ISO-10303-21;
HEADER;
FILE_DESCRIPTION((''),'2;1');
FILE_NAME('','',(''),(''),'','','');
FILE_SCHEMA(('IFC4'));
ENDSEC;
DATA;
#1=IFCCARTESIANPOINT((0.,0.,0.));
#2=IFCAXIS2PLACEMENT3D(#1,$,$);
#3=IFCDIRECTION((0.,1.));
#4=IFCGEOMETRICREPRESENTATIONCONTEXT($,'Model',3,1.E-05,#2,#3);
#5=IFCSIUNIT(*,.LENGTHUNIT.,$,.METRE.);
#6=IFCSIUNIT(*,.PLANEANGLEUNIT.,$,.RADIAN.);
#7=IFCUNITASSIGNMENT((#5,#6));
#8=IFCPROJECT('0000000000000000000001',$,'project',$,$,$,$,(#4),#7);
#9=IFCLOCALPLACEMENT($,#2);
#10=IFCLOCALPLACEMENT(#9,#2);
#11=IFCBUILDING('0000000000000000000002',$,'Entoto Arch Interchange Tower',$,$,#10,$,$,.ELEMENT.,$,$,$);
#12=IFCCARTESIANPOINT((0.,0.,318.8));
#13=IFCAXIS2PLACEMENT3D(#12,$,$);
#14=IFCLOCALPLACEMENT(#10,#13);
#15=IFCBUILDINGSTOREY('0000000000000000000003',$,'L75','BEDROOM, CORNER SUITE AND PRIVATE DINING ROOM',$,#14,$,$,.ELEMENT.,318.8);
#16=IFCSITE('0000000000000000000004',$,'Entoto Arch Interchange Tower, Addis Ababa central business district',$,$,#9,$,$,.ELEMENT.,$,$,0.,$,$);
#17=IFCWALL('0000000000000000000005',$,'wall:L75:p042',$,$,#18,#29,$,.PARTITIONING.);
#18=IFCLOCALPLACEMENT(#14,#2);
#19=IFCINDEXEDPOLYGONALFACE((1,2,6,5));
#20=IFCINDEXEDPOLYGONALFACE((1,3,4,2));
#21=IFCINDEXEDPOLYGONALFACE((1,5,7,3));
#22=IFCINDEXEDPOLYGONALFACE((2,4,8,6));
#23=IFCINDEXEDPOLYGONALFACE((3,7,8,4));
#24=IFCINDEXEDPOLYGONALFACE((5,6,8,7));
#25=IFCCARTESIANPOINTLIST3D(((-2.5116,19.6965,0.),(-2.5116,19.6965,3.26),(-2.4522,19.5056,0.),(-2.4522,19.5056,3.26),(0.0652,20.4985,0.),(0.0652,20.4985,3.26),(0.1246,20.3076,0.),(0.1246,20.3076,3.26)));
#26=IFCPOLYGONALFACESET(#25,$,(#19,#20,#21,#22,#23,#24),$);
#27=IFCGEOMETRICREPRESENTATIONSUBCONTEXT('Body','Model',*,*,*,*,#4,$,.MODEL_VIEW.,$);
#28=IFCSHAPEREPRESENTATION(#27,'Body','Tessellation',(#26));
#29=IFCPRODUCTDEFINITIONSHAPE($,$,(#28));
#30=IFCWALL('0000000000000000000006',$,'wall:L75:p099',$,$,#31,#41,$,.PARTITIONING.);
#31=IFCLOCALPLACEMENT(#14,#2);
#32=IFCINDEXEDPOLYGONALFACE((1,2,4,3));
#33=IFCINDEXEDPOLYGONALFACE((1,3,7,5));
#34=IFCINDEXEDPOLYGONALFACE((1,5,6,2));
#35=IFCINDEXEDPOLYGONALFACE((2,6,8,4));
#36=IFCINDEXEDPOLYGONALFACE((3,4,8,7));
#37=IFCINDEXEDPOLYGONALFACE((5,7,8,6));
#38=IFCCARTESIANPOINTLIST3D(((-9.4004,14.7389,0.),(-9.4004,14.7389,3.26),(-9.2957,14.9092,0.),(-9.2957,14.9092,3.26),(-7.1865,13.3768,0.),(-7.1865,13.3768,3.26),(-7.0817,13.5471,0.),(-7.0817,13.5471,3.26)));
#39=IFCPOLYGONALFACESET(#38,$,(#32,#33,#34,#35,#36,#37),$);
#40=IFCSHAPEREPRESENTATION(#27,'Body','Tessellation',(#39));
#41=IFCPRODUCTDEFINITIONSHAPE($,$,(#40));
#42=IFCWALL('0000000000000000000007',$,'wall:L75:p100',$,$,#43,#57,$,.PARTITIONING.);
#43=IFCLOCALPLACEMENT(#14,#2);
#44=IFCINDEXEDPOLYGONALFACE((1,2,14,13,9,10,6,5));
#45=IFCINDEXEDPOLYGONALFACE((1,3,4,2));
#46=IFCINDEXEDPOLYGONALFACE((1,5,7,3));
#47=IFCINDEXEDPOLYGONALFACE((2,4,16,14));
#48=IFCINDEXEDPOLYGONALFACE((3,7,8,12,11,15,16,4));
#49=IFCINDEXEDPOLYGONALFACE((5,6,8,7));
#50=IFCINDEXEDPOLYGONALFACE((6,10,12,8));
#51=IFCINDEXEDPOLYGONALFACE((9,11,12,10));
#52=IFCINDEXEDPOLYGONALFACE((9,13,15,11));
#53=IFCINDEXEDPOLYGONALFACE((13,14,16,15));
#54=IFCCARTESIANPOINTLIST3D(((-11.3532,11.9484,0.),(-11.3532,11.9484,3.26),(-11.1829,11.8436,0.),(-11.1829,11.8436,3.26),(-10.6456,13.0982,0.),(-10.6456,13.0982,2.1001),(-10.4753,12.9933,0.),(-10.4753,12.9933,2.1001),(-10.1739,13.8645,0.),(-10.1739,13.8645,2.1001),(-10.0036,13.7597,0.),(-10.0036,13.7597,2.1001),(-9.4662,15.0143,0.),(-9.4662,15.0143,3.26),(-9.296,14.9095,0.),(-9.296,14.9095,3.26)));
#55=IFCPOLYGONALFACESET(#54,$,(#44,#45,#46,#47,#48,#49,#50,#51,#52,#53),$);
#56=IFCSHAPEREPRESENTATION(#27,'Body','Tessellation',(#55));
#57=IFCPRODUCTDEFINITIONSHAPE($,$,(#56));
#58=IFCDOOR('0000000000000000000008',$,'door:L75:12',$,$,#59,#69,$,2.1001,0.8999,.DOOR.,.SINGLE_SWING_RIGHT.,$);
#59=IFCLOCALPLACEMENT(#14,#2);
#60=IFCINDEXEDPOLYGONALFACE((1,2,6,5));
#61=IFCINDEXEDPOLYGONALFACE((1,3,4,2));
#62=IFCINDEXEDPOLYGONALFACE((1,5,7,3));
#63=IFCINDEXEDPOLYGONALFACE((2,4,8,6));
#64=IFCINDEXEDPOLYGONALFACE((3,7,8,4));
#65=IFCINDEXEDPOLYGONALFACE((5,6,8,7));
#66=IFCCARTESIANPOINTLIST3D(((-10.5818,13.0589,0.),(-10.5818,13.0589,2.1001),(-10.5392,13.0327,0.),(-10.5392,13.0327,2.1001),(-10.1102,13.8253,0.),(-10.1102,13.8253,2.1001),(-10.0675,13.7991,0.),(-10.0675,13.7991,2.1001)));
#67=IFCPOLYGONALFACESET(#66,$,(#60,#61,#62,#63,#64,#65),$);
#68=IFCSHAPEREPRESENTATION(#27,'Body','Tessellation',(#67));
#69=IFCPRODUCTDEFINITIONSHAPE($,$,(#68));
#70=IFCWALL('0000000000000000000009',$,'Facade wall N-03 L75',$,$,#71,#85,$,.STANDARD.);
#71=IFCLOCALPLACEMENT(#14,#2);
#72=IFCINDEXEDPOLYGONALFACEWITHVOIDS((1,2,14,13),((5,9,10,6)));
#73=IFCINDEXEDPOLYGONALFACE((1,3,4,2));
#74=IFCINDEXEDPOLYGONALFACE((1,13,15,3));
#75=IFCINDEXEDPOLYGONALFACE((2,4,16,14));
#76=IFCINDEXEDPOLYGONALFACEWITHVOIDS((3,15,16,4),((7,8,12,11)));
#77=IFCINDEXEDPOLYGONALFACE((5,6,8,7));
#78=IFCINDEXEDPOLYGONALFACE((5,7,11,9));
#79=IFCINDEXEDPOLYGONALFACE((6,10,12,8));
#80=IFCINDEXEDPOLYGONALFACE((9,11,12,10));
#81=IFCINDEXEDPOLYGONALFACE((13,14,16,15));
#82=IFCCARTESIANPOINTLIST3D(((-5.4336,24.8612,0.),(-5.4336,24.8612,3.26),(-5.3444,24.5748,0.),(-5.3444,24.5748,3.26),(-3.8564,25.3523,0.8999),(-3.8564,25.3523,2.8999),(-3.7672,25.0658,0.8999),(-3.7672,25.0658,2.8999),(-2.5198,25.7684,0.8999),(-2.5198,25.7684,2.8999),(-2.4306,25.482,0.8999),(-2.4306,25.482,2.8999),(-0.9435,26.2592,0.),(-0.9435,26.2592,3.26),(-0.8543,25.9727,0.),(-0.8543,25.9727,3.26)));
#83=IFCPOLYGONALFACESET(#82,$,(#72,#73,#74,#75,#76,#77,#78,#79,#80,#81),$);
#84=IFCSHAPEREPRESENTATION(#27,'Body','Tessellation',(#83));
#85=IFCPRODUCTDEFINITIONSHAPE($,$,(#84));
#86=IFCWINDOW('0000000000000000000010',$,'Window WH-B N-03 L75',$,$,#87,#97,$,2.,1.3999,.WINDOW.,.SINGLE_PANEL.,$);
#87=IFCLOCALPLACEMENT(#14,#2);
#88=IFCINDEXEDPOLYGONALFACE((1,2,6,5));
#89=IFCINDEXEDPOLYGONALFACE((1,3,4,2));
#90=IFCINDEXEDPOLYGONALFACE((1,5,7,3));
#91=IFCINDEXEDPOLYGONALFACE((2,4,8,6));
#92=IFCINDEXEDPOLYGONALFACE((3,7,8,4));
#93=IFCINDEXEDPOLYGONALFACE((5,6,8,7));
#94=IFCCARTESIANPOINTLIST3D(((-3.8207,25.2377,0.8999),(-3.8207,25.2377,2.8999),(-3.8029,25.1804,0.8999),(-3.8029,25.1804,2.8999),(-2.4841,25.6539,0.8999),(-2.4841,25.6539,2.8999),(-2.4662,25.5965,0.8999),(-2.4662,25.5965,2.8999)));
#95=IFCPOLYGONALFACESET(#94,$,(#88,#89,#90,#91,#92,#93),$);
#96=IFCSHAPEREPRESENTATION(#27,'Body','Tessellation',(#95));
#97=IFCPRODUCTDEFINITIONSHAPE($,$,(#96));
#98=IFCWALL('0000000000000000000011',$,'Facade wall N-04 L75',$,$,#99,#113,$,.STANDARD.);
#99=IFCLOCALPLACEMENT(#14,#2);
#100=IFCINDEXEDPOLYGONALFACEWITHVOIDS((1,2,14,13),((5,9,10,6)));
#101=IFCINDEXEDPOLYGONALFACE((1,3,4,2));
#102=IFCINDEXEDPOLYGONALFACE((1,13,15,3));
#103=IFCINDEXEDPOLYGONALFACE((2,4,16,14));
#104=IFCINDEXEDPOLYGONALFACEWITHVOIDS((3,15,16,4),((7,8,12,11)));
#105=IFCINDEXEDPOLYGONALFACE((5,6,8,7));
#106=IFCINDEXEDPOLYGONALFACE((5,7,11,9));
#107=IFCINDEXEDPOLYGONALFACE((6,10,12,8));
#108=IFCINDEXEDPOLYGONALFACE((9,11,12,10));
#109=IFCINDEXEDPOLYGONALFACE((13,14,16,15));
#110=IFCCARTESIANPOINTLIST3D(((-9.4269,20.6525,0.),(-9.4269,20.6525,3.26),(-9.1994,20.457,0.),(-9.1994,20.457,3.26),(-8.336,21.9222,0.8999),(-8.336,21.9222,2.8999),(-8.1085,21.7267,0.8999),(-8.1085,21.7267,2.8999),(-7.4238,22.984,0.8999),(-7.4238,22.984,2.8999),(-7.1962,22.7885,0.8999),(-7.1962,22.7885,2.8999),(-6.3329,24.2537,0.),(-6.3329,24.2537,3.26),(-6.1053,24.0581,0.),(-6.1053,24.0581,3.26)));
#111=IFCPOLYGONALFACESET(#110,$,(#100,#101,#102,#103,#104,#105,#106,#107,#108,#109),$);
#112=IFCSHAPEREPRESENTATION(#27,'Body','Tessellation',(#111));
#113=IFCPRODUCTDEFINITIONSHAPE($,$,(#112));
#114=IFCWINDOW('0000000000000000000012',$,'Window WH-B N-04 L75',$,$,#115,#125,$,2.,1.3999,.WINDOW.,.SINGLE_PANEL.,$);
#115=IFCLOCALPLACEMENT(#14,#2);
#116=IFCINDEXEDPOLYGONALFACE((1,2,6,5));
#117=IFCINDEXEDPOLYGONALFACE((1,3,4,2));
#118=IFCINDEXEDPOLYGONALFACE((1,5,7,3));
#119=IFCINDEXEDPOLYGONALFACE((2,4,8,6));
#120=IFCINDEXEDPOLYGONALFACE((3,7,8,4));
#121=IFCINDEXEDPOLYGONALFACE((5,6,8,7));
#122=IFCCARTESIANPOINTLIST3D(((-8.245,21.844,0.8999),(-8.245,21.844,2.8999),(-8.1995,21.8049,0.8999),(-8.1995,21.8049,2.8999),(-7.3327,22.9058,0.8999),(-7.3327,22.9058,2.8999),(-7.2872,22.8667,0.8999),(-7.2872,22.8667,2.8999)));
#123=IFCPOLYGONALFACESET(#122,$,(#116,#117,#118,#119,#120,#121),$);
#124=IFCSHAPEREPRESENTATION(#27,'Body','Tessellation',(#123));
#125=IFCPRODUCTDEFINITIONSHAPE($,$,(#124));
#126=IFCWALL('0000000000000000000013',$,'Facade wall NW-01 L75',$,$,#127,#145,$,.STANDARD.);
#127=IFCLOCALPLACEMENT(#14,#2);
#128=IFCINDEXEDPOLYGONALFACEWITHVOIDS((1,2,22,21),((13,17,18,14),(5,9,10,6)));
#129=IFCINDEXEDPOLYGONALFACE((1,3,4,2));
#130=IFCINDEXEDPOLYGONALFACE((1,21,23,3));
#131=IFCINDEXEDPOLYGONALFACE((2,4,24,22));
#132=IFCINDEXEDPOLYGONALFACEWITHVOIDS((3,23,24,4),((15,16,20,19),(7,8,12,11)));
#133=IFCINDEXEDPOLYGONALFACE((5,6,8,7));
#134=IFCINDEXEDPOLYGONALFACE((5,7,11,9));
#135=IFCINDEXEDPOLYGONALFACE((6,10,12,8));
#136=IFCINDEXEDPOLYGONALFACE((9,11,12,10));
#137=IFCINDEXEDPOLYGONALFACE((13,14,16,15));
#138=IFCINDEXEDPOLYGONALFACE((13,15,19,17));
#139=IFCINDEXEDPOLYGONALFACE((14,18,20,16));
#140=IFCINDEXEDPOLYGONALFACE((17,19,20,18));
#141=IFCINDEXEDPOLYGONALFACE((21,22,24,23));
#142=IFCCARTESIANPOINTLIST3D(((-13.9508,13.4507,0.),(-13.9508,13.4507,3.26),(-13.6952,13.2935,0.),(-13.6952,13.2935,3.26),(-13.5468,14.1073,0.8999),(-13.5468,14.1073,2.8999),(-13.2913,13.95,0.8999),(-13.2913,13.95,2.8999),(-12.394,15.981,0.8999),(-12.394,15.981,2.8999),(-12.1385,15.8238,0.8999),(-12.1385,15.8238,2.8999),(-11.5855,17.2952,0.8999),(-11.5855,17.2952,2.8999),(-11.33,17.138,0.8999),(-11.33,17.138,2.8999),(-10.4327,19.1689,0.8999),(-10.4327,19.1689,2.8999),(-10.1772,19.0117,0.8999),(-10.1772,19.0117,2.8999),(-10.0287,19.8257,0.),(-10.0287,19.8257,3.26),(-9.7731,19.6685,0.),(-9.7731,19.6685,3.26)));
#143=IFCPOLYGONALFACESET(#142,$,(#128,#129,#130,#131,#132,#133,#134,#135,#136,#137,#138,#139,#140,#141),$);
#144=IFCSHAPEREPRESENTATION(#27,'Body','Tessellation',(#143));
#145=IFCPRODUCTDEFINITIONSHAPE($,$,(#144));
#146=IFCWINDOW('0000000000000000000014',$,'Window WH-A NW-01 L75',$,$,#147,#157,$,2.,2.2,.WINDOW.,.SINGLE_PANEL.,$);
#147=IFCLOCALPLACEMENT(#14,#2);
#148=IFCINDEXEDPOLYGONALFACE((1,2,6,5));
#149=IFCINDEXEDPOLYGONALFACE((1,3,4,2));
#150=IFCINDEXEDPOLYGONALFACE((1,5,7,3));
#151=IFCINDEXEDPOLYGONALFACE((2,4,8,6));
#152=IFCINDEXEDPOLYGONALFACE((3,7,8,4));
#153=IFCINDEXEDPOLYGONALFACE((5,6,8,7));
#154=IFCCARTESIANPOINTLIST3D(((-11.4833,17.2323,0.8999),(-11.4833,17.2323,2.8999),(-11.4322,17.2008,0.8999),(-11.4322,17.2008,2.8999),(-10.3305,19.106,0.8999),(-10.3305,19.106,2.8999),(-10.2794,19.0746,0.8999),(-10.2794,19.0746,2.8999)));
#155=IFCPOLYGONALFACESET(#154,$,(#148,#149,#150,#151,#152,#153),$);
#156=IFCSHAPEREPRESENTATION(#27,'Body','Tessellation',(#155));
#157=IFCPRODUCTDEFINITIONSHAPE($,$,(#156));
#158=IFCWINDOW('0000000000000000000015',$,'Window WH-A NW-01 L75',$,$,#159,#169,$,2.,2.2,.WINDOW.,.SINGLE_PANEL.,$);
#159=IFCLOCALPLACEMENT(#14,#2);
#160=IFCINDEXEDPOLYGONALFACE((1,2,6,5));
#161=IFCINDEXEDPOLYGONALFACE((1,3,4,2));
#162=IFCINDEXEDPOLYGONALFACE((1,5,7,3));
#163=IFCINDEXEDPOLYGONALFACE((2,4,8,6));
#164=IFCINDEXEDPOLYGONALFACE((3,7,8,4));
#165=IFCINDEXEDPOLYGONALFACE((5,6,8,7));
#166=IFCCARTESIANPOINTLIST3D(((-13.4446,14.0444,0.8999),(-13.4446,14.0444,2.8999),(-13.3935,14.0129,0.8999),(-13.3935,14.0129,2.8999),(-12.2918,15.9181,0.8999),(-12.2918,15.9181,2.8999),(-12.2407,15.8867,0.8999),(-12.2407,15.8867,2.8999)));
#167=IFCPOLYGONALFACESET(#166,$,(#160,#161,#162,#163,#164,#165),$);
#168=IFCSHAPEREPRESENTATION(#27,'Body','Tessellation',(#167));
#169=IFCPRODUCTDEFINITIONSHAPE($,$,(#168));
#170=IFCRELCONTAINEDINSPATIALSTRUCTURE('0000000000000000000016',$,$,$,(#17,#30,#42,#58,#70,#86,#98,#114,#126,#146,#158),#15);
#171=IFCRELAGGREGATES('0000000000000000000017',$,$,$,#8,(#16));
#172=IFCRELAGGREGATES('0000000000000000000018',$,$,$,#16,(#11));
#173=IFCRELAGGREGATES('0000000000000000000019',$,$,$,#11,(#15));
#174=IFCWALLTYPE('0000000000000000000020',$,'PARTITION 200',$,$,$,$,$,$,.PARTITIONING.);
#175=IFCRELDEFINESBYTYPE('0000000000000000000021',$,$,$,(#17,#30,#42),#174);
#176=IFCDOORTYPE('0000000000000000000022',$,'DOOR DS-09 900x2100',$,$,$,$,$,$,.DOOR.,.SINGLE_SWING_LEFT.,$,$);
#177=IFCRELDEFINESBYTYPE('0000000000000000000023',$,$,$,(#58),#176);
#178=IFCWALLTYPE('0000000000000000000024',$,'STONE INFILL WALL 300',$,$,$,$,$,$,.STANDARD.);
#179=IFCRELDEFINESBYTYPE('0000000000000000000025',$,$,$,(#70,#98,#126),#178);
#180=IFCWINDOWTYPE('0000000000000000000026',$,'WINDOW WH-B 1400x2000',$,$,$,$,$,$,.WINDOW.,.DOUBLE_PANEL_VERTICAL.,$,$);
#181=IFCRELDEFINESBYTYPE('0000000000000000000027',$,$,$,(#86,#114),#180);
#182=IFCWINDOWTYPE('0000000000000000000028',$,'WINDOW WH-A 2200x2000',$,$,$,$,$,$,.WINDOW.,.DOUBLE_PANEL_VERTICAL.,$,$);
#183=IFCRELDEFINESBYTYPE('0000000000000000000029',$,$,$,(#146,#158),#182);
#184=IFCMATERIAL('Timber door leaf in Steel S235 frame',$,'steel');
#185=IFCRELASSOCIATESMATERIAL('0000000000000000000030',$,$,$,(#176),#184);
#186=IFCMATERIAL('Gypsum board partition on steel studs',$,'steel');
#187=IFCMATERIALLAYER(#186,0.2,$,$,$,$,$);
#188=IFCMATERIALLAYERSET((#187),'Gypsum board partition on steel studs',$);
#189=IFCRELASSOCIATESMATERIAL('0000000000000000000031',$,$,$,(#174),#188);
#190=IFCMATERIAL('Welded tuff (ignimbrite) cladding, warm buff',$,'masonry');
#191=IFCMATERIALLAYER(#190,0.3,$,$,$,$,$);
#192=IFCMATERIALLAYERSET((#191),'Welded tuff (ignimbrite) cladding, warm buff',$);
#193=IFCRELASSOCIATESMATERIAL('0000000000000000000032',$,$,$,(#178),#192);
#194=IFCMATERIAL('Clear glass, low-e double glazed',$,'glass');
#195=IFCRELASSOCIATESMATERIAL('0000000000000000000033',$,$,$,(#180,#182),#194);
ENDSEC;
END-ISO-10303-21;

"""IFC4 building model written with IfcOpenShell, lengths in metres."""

from ifc_helpers import new_model, si_unit, direction, frame, frame_2d, origin, place, context, subcontext, project, spatial, rectangle, extrude, material, layer, layer_set, type_object, element, fill, save


model = new_model("IFC4")

# Units and contexts
model_context = context("Model", 3, precision=1e-05, world=origin(), true_north=direction((0.0, 1.0)))
body_context = subcontext(model_context, "Body", "Model", "MODEL_VIEW")
ifc_project = project(units=[si_unit("LENGTHUNIT", "METRE"), si_unit("PLANEANGLEUNIT", "RADIAN")], contexts=[model_context])

# Site, building, storey
site_placement = place(None, origin())
site = spatial("IfcSite", under=ifc_project, at=site_placement, Name="Entoto Arch Interchange Tower, Addis Ababa central business district", CompositionType="ELEMENT", RefElevation=0.0)
building_placement = place(site_placement, origin())
building = spatial("IfcBuilding", under=site, at=building_placement, Name="Entoto Arch Interchange Tower", CompositionType="ELEMENT")
storey_placement = place(building_placement, frame((0.0, 0.0, 318.8)))
storey = spatial("IfcBuildingStorey", under=building, at=storey_placement, Name="L75", Description="BEDROOM, CORNER SUITE AND PRIVATE DINING ROOM", CompositionType="ELEMENT", Elevation=318.8)

# Shared definitions
ifc_material_1 = material(Name="Gypsum board partition on steel studs", Category="steel")
ifc_material_2 = material(Name="Timber door leaf in Steel S235 frame", Category="steel")
door_type_1 = type_object("IfcDoorType", Name="DOOR DS-09 900x2100", OperationType="SINGLE_SWING_LEFT", PredefinedType="DOOR", material=ifc_material_2)

# Shared definitions
ifc_layer_1 = layer(ifc_material_1, 0.2)
ifc_layer_set_1 = layer_set([ifc_layer_1], Name="Gypsum board partition on steel studs")
wall_type_1 = type_object("IfcWallType", Name="PARTITION 200", PredefinedType="PARTITIONING", material=ifc_layer_set_1)

# Walls
wall_1_placement = place(storey_placement, frame((-2.4819, 19.6011, 0.0), z_axis=(0.0, 0.0, 1.0), x_axis=(0.954825, 0.297167, 0.0)))
element("IfcWall", 1, at=wall_1_placement, inside=storey, type_object=wall_type_1, Name="wall:L75:p042", PredefinedType="PARTITIONING", context=body_context, shape_type="SweptSolid", body=[
    extrude(rectangle(XDim=2.6987, YDim=0.2, at=frame_2d((1.3494, 0.0))), origin(), (0.0, 0.0, 1.0), 3.26),
])
wall_2_placement = place(storey_placement, frame((-7.134, 13.4619, 0.0), z_axis=(0.0, 0.0, 1.0), x_axis=(-0.851713, 0.524008, 0.0)))
element("IfcWall", 2, at=wall_2_placement, inside=storey, type_object=wall_type_1, Name="wall:L75:p099", PredefinedType="PARTITIONING", context=body_context, shape_type="SweptSolid", body=[
    extrude(rectangle(XDim=2.5994, YDim=0.2, at=frame_2d((1.2998, 0.0))), origin(), (0.0, 0.0, 1.0), 3.26),
])

# Wall, opening, door
wall_3_placement = place(storey_placement, frame((-9.3811, 14.9619, 0.0), z_axis=(0.0, 0.0, 1.0), x_axis=(-0.524147, -0.851628, 0.0)))
wall_3 = element("IfcWall", 3, at=wall_3_placement, inside=storey, type_object=wall_type_1, Name="wall:L75:p100", PredefinedType="PARTITIONING", context=body_context, shape_type="SweptSolid", body=[
    extrude(rectangle(XDim=3.6001, YDim=0.2, at=frame_2d((1.8, 0.0))), origin(), (0.0, 0.0, 1.0), 3.26),
])
opening_1_placement = place(wall_3_placement, frame((1.3501, 0.0, 0.0)))
opening_1 = element("IfcOpeningElement", 4, at=opening_1_placement, cuts=wall_3, PredefinedType="OPENING", context=body_context, shape_type="SweptSolid", body=[
    extrude(rectangle(XDim=0.8999, YDim=2.1001, at=frame_2d((0.45, 1.05))), frame((0.0, 0.1099, 0.0), z_axis=(0.0, -1.0, 0.0), x_axis=(1.0, 0.0, 0.0)), (0.0, 0.0, 1.0), 0.22),
])
door_1_placement = place(opening_1_placement, origin())
door_1 = element("IfcDoor", 5, at=door_1_placement, inside=storey, type_object=door_type_1, Name="door:L75:12", OperationType="SINGLE_SWING_RIGHT", OverallHeight=2.1001, OverallWidth=0.8999, PredefinedType="DOOR", context=body_context, shape_type="SweptSolid", body=[
    extrude(rectangle(XDim=0.8999, YDim=2.1001, at=frame_2d((0.45, 1.05))), frame((0.0, 0.0249, 0.0), z_axis=(0.0, -1.0, 0.0), x_axis=(1.0, 0.0, 0.0)), (0.0, 0.0, 1.0), 0.05),
])
fill(opening_1, door_1)

# Walls, openings, windows
ifc_material_3 = material(Name="Welded tuff (ignimbrite) cladding, warm buff", Category="masonry")
ifc_layer_2 = layer(ifc_material_3, 0.3)
ifc_layer_set_2 = layer_set([ifc_layer_2], Name="Welded tuff (ignimbrite) cladding, warm buff")
wall_type_2 = type_object("IfcWallType", Name="STONE INFILL WALL 300", PredefinedType="STANDARD", material=ifc_layer_set_2)
wall_4_placement = place(storey_placement, frame((-0.8989, 26.116, 0.0), z_axis=(0.0, 0.0, 1.0), x_axis=(-0.954793, -0.297273, 0.0)))
wall_4 = element("IfcWall", 6, at=wall_4_placement, inside=storey, type_object=wall_type_2, Name="Facade wall N-03 L75", PredefinedType="STANDARD", context=body_context, shape_type="SweptSolid", body=[
    extrude(rectangle(XDim=4.7026, YDim=0.3, at=frame_2d((2.3513, 0.0))), origin(), (0.0, 0.0, 1.0), 3.26),
])
opening_2_placement = place(wall_4_placement, frame((1.6509, 0.0, 0.8999)))
opening_2 = element("IfcOpeningElement", 7, at=opening_2_placement, cuts=wall_4, PredefinedType="OPENING", context=body_context, shape_type="SweptSolid", body=[
    extrude(rectangle(XDim=1.3999, YDim=2.0, at=frame_2d((0.7, 1.0))), frame((0.0, 0.1602, 0.0), z_axis=(0.0, -1.0, 0.0), x_axis=(1.0, 0.0, 0.0)), (0.0, 0.0, 1.0), 0.3201),
])
ifc_material_4 = material(Name="Clear glass, low-e double glazed", Category="glass")
window_type_1 = type_object("IfcWindowType", Name="WINDOW WH-B 1400x2000", PartitioningType="DOUBLE_PANEL_VERTICAL", PredefinedType="WINDOW", material=ifc_material_4)
window_1_placement = place(opening_2_placement, origin())
window_1 = element("IfcWindow", 8, at=window_1_placement, inside=storey, type_object=window_type_1, Name="Window WH-B N-03 L75", OverallHeight=2.0, OverallWidth=1.3999, PartitioningType="SINGLE_PANEL", PredefinedType="WINDOW", context=body_context, shape_type="SweptSolid", body=[
    extrude(rectangle(XDim=1.3999, YDim=2.0, at=frame_2d((0.7, 1.0))), frame((0.0, 0.03, 0.0), z_axis=(0.0, -1.0, 0.0), x_axis=(1.0, 0.0, 0.0)), (0.0, 0.0, 1.0), 0.0601),
])
fill(opening_2, window_1)
wall_5_placement = place(storey_placement, frame((-6.219, 24.156, 0.0), z_axis=(0.0, 0.0, 1.0), x_axis=(-0.651684, -0.75849, 0.0)))
wall_5 = element("IfcWall", 9, at=wall_5_placement, inside=storey, type_object=wall_type_2, Name="Facade wall N-04 L75", PredefinedType="STANDARD", context=body_context, shape_type="SweptSolid", body=[
    extrude(rectangle(XDim=4.7478, YDim=0.3, at=frame_2d((2.374, 0.0))), origin(), (0.0, 0.0, 1.0), 3.26),
])
opening_3_placement = place(wall_5_placement, frame((1.6741, 0.0, 0.8999)))
opening_3 = element("IfcOpeningElement", 10, at=opening_3_placement, cuts=wall_5, PredefinedType="OPENING", context=body_context, shape_type="SweptSolid", body=[
    extrude(rectangle(XDim=1.3999, YDim=2.0, at=frame_2d((0.7, 1.0))), frame((0.0, 0.1602, 0.0), z_axis=(0.0, -1.0, 0.0), x_axis=(1.0, 0.0, 0.0)), (0.0, 0.0, 1.0), 0.3201),
])
window_2_placement = place(opening_3_placement, origin())
window_2 = element("IfcWindow", 11, at=window_2_placement, inside=storey, type_object=window_type_1, Name="Window WH-B N-04 L75", OverallHeight=2.0, OverallWidth=1.3999, PartitioningType="SINGLE_PANEL", PredefinedType="WINDOW", context=body_context, shape_type="SweptSolid", body=[
    extrude(rectangle(XDim=1.3999, YDim=2.0, at=frame_2d((0.7, 1.0))), frame((0.0, 0.03, 0.0), z_axis=(0.0, -1.0, 0.0), x_axis=(1.0, 0.0, 0.0)), (0.0, 0.0, 1.0), 0.0601),
])
fill(opening_3, window_2)

# Wall, openings, windows
wall_6_placement = place(storey_placement, frame((-9.9009, 19.7471, 0.0), z_axis=(0.0, 0.0, 1.0), x_axis=(-0.524005, -0.851715, 0.0)))
wall_6 = element("IfcWall", 12, at=wall_6_placement, inside=storey, type_object=wall_type_2, Name="Facade wall NW-01 L75", PredefinedType="STANDARD", context=body_context, shape_type="SweptSolid", body=[
    extrude(rectangle(XDim=7.4849, YDim=0.3, at=frame_2d((3.7424, 0.0))), origin(), (0.0, 0.0, 1.0), 3.26),
])
opening_4_placement = place(wall_6_placement, frame((0.771, 0.0, 0.8999)))
opening_4 = element("IfcOpeningElement", 13, at=opening_4_placement, cuts=wall_6, PredefinedType="OPENING", context=body_context, shape_type="SweptSolid", body=[
    extrude(rectangle(XDim=2.2, YDim=2.0, at=frame_2d((1.1001, 1.0))), frame((0.0, 0.1602, 0.0), z_axis=(0.0, -1.0, 0.0), x_axis=(1.0, 0.0, 0.0)), (0.0, 0.0, 1.0), 0.3201),
])
opening_5_placement = place(wall_6_placement, frame((4.5139, 0.0, 0.8999)))
opening_5 = element("IfcOpeningElement", 14, at=opening_5_placement, cuts=wall_6, PredefinedType="OPENING", context=body_context, shape_type="SweptSolid", body=[
    extrude(rectangle(XDim=2.2, YDim=2.0, at=frame_2d((1.1001, 1.0))), frame((0.0, 0.1602, 0.0), z_axis=(0.0, -1.0, 0.0), x_axis=(1.0, 0.0, 0.0)), (0.0, 0.0, 1.0), 0.3201),
])
window_type_2 = type_object("IfcWindowType", Name="WINDOW WH-A 2200x2000", PartitioningType="DOUBLE_PANEL_VERTICAL", PredefinedType="WINDOW", material=ifc_material_4)
window_3_placement = place(opening_4_placement, origin())
window_3 = element("IfcWindow", 15, at=window_3_placement, inside=storey, type_object=window_type_2, Name="Window WH-A NW-01 L75", OverallHeight=2.0, OverallWidth=2.2, PartitioningType="SINGLE_PANEL", PredefinedType="WINDOW", context=body_context, shape_type="SweptSolid", body=[
    extrude(rectangle(XDim=2.2, YDim=2.0, at=frame_2d((1.1001, 1.0))), frame((0.0, 0.03, 0.0), z_axis=(0.0, -1.0, 0.0), x_axis=(1.0, 0.0, 0.0)), (0.0, 0.0, 1.0), 0.0601),
])
fill(opening_4, window_3)
window_4_placement = place(opening_5_placement, origin())
window_4 = element("IfcWindow", 16, at=window_4_placement, inside=storey, type_object=window_type_2, Name="Window WH-A NW-01 L75", OverallHeight=2.0, OverallWidth=2.2, PartitioningType="SINGLE_PANEL", PredefinedType="WINDOW", context=body_context, shape_type="SweptSolid", body=[
    extrude(rectangle(XDim=2.2, YDim=2.0, at=frame_2d((1.1001, 1.0))), frame((0.0, 0.03, 0.0), z_axis=(0.0, -1.0, 0.0), x_axis=(1.0, 0.0, 0.0)), (0.0, 0.0, 1.0), 0.0601),
])
fill(opening_5, window_4)

save(model, "model.ifc")
